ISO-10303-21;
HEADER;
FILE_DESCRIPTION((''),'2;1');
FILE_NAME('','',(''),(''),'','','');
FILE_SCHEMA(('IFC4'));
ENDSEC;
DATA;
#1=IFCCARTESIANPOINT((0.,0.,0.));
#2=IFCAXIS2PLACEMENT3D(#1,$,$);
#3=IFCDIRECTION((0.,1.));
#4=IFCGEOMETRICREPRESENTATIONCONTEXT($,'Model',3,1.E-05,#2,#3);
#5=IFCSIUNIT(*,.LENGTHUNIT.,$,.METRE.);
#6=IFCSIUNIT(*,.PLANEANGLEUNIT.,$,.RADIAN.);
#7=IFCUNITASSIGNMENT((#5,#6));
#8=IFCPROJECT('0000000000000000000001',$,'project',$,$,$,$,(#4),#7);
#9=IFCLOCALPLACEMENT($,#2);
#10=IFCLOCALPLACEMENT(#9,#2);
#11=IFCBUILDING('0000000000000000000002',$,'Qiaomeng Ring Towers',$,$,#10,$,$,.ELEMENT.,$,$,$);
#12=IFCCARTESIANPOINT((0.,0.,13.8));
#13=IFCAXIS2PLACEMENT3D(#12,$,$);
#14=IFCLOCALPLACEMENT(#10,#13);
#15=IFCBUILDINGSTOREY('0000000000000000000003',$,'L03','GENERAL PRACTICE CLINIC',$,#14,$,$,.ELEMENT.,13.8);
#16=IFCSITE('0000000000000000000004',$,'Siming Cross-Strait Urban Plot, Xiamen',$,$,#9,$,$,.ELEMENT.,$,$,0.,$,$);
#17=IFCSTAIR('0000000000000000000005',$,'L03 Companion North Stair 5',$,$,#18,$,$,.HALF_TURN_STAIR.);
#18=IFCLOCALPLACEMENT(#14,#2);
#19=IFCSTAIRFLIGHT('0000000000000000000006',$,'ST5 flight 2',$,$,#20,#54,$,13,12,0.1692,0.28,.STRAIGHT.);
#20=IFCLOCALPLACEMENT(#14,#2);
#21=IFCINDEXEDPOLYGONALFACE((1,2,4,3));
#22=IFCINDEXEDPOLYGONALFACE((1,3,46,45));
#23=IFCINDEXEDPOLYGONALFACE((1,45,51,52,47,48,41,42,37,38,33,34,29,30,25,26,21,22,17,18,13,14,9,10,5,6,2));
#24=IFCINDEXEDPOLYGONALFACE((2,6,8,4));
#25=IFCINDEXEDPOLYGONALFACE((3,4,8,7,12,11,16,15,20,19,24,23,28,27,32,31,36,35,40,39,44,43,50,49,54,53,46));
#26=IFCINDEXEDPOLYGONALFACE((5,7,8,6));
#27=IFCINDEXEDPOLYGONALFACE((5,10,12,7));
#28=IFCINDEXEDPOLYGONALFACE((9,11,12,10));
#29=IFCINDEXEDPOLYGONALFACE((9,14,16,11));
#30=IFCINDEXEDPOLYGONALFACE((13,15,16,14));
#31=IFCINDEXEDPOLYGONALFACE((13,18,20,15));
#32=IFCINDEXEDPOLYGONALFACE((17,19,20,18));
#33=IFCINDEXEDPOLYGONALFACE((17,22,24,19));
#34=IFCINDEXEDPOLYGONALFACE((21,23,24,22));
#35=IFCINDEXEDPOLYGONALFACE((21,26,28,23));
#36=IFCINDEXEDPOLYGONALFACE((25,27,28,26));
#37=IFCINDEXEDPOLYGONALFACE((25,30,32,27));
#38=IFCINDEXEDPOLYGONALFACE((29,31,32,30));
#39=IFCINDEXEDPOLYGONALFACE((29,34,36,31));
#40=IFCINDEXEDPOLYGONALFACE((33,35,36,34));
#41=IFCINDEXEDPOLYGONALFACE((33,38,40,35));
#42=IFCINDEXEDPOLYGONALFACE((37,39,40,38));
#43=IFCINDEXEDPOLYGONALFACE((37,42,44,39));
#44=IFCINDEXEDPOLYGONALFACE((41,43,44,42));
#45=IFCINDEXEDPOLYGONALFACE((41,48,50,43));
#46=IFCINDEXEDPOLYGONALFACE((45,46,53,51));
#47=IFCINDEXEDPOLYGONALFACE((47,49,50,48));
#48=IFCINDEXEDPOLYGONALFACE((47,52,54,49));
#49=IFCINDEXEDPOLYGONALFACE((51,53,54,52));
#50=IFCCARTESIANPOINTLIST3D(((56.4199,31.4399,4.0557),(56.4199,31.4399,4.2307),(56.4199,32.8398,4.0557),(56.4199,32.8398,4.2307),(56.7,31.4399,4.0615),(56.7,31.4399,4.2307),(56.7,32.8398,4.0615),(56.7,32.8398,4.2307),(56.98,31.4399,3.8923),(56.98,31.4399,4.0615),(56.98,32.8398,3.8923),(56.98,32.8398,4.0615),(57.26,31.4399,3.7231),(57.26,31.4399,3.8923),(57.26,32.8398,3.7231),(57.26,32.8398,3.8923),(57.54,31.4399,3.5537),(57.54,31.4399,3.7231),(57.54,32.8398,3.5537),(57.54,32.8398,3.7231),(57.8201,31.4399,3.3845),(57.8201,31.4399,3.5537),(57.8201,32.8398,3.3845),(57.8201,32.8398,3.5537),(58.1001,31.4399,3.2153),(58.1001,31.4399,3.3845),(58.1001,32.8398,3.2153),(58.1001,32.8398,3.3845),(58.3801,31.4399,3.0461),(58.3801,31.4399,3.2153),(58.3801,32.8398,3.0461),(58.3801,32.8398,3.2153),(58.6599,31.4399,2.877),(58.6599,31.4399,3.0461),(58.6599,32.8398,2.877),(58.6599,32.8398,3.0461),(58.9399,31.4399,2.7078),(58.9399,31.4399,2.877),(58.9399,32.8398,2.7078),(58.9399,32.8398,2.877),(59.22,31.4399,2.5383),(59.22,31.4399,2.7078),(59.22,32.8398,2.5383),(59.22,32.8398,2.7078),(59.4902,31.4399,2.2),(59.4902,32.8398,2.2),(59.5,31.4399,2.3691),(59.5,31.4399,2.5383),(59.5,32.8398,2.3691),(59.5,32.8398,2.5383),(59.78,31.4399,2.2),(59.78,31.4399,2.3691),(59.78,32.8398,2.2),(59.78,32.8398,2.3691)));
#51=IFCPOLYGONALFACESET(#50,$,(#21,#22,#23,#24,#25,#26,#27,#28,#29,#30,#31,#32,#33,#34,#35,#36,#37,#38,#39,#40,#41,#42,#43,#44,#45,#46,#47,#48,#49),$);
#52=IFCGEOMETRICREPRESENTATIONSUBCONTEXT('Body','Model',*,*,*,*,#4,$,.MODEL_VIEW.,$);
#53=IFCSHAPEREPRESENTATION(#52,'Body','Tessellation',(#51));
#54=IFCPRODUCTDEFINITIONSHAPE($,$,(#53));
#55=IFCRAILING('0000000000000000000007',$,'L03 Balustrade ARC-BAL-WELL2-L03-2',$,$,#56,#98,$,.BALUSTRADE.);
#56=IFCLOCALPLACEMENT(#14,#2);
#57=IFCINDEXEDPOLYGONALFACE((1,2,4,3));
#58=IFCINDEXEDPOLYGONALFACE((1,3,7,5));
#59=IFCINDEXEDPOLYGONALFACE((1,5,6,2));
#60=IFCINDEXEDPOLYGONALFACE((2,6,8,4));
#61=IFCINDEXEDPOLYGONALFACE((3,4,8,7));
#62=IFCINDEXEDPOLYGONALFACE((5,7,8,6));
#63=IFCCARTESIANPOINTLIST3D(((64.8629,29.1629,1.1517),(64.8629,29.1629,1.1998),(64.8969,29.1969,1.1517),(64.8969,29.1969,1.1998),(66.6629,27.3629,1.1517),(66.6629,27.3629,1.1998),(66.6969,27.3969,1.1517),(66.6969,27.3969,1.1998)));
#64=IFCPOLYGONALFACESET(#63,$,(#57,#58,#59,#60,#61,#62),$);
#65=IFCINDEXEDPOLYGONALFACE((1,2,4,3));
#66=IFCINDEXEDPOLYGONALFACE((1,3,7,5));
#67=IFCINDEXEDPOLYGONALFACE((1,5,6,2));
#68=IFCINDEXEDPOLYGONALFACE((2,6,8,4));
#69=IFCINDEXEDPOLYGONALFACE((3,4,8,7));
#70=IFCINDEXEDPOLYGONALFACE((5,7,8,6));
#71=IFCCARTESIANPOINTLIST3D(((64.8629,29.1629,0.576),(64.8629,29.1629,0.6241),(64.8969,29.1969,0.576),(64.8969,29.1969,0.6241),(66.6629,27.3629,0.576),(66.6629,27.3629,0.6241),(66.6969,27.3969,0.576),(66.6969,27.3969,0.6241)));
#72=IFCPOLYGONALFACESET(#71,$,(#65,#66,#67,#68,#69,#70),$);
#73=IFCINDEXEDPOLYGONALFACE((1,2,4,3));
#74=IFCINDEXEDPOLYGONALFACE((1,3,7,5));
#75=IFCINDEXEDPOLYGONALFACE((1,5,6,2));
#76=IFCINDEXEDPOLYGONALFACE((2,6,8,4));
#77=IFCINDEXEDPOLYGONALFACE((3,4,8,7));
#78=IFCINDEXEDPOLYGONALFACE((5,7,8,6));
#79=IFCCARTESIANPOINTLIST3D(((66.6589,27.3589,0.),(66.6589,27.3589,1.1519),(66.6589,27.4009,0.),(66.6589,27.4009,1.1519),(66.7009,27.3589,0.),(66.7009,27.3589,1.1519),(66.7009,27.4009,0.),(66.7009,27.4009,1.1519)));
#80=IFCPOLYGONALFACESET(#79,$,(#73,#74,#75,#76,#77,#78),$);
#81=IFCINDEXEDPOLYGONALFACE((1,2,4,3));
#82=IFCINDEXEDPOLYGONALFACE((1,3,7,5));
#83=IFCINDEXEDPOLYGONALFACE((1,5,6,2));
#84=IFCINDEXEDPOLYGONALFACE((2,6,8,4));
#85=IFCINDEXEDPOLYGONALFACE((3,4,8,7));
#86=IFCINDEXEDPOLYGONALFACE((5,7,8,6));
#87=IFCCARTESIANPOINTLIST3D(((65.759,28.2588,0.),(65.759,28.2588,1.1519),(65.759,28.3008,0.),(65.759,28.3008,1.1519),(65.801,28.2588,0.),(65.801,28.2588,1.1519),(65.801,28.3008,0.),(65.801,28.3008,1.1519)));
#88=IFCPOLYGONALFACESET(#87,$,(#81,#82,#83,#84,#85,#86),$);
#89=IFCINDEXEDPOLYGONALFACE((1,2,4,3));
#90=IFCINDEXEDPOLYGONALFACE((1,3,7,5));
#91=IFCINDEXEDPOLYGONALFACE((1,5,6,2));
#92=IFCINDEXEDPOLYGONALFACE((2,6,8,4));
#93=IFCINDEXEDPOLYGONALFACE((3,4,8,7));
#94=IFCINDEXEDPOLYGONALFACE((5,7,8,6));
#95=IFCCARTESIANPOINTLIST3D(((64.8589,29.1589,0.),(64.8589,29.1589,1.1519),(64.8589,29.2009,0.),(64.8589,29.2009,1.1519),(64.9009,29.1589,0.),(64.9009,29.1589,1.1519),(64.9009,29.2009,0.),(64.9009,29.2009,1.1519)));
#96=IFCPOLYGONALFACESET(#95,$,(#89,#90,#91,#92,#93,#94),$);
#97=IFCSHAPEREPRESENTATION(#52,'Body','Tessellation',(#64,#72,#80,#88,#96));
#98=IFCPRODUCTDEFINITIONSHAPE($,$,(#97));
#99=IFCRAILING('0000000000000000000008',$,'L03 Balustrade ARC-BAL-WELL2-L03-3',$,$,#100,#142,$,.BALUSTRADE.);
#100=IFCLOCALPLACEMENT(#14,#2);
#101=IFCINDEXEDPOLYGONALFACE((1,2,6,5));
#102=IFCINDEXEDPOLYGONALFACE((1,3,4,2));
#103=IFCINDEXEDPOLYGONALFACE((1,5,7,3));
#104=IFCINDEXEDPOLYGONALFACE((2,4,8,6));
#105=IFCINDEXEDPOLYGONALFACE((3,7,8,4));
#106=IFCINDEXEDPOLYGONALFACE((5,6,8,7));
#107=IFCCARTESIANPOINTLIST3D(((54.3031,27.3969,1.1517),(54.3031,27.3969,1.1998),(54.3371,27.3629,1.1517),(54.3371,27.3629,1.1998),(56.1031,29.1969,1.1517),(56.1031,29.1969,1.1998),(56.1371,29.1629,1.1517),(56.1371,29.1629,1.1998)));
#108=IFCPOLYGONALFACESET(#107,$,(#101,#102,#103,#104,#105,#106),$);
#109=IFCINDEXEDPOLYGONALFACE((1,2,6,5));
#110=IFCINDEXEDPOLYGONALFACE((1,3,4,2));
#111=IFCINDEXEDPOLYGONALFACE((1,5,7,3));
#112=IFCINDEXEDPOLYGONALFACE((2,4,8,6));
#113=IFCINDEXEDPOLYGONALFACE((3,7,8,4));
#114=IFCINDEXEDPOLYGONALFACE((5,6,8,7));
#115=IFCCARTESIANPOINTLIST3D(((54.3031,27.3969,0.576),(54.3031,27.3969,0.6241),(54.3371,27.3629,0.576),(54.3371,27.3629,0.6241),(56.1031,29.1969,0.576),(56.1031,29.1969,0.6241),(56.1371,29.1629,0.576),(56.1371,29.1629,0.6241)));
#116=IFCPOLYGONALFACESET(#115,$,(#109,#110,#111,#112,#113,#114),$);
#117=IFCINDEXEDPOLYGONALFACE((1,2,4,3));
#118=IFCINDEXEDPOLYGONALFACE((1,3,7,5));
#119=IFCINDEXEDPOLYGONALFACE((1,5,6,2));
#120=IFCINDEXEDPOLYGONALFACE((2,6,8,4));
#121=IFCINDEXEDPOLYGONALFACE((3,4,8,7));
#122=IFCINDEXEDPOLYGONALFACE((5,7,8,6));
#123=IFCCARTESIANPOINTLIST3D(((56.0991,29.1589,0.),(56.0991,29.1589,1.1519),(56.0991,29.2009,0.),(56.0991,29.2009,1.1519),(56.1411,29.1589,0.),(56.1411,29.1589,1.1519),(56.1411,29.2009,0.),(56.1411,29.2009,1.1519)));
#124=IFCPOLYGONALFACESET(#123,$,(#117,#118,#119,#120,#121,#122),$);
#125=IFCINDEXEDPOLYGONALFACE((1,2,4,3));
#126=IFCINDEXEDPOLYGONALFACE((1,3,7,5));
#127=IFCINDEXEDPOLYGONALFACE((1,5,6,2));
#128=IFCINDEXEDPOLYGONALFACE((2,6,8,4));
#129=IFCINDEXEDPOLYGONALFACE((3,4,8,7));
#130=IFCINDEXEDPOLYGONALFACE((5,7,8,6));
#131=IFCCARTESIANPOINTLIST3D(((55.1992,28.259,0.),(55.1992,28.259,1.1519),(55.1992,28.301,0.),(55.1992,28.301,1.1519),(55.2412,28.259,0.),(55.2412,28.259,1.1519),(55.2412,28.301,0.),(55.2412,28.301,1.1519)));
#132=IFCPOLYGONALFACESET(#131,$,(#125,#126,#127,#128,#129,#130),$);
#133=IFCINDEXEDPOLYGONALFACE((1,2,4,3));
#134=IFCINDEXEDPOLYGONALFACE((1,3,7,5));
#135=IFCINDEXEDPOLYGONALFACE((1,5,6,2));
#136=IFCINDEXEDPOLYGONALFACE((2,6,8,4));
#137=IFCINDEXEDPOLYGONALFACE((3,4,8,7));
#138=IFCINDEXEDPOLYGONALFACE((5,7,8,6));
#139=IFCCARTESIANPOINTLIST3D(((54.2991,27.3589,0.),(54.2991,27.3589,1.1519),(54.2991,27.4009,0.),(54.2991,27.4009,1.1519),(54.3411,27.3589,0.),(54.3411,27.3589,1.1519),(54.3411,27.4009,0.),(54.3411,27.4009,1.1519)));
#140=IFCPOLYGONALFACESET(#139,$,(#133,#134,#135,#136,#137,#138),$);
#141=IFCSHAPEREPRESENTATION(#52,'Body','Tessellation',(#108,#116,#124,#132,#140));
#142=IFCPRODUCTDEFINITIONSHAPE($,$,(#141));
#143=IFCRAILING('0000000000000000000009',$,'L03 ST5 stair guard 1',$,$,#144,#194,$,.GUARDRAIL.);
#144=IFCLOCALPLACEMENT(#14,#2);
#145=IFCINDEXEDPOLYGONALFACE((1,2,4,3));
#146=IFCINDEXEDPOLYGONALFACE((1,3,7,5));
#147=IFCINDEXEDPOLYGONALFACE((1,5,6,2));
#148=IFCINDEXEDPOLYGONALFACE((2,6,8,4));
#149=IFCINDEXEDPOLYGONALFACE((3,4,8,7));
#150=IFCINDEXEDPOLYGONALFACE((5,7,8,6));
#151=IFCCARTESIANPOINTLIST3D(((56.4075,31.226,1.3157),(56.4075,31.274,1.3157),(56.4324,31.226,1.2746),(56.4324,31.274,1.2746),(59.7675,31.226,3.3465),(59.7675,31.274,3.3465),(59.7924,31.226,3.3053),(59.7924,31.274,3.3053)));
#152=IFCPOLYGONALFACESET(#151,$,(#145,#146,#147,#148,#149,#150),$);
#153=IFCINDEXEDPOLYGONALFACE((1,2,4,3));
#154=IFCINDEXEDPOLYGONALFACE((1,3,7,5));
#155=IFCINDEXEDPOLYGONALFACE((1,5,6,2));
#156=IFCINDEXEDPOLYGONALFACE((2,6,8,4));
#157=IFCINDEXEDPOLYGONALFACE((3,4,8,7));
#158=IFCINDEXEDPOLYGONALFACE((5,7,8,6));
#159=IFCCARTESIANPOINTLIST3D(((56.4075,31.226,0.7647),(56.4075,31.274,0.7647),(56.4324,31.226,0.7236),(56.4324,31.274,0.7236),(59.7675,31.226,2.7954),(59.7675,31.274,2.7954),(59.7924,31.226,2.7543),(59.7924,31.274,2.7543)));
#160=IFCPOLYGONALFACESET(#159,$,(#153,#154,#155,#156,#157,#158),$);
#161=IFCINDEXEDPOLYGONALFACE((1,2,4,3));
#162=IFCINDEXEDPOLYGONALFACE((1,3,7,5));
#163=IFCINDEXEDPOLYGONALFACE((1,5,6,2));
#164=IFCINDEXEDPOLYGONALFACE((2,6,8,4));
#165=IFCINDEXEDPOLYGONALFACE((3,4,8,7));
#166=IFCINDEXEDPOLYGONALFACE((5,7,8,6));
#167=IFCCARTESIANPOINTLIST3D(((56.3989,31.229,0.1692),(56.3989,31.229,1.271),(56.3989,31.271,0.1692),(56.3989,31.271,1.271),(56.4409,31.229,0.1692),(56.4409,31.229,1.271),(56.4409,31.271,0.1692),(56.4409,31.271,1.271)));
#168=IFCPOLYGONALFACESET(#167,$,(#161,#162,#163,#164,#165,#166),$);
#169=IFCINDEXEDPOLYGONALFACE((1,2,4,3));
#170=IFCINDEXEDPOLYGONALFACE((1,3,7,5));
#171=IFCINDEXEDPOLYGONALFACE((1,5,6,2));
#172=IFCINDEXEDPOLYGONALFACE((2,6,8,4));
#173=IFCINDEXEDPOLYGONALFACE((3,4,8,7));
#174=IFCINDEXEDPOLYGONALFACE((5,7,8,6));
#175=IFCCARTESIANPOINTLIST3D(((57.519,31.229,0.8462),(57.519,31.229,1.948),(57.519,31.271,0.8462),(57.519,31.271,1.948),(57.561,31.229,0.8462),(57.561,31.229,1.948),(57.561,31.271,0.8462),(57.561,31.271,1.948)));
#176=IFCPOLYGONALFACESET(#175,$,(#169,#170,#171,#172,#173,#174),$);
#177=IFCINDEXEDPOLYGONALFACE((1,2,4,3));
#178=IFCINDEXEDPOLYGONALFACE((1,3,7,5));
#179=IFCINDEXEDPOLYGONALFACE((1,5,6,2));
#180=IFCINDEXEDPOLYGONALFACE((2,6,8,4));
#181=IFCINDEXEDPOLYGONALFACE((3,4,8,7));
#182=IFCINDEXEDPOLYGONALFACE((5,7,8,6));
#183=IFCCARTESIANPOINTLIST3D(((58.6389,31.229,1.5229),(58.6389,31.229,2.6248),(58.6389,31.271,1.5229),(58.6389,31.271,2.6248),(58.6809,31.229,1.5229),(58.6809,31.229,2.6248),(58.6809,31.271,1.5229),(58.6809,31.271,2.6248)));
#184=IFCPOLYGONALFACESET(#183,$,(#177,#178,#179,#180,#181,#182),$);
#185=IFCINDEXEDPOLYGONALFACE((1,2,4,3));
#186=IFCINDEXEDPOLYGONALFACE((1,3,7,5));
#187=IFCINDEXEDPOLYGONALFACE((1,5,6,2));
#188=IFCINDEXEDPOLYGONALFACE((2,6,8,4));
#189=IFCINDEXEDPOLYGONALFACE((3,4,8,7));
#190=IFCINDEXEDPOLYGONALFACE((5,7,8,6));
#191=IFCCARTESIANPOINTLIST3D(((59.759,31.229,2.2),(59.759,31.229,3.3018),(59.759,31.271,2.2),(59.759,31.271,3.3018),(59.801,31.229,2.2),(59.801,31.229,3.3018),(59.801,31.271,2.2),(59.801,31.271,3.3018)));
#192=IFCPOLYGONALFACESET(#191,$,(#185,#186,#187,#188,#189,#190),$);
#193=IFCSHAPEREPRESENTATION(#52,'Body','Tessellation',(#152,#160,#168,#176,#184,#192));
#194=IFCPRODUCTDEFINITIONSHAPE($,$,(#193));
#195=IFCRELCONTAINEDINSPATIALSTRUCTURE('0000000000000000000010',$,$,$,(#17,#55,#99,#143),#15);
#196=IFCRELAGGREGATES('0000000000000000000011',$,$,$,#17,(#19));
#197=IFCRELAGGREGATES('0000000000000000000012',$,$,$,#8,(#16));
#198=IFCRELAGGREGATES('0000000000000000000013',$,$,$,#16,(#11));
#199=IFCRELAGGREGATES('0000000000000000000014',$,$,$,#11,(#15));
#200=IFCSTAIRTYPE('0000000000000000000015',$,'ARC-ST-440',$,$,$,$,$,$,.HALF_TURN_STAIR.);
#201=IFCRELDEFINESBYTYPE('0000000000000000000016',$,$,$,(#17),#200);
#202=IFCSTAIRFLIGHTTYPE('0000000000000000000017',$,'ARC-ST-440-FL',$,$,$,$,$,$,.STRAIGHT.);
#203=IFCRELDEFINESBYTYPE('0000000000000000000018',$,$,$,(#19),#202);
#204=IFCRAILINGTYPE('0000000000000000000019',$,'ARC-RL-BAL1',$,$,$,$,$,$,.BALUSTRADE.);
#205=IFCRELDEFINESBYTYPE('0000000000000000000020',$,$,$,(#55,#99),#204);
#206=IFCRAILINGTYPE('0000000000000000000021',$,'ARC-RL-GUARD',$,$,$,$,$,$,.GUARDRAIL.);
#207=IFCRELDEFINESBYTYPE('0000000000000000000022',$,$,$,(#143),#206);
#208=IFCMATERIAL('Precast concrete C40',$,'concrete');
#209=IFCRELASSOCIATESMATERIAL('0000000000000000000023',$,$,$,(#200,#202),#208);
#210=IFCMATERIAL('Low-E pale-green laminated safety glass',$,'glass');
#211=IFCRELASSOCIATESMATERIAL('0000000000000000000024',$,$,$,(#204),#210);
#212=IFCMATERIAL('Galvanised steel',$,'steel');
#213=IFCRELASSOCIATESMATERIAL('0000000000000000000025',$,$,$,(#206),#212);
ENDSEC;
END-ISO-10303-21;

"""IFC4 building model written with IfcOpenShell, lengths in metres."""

from ifc_helpers import new_model, si_unit, direction, frame, origin, origin_2d, place, context, subcontext, project, spatial, polyline, rectangle, outline, extrude, source, transform, mapped, material, type_object, element, aggregate, save


model = new_model("IFC4")

# Units and contexts
model_context = context("Model", 3, precision=1e-05, world=origin(), true_north=direction((0.0, 1.0)))
body_context = subcontext(model_context, "Body", "Model", "MODEL_VIEW")
ifc_project = project(units=[si_unit("LENGTHUNIT", "METRE"), si_unit("PLANEANGLEUNIT", "RADIAN")], contexts=[model_context])

# Site, building, storey
site_placement = place(None, origin())
site = spatial("IfcSite", under=ifc_project, at=site_placement, Name="Siming Cross-Strait Urban Plot, Xiamen", CompositionType="ELEMENT", RefElevation=0.0)
building_placement = place(site_placement, origin())
building = spatial("IfcBuilding", under=site, at=building_placement, Name="Qiaomeng Ring Towers", CompositionType="ELEMENT")
storey_placement = place(building_placement, frame((0.0, 0.0, 13.8)))
storey = spatial("IfcBuildingStorey", under=building, at=storey_placement, Name="L03", Description="GENERAL PRACTICE CLINIC", CompositionType="ELEMENT", Elevation=13.8)

# Shared definitions
ifc_material_1 = material(Name="Galvanised steel", Category="steel")

# Stair, stair flight
ifc_material_2 = material(Name="Precast concrete C40", Category="concrete")
stair_type = type_object("IfcStairType", Name="ARC-ST-440", PredefinedType="HALF_TURN_STAIR", material=ifc_material_2)
stair_placement = place(storey_placement, origin())
stair = element("IfcStair", 1, at=stair_placement, inside=storey, type_object=stair_type, Name="L03 Companion North Stair 5", PredefinedType="HALF_TURN_STAIR")
stair_flight_type = type_object("IfcStairFlightType", Name="ARC-ST-440-FL", PredefinedType="STRAIGHT", material=ifc_material_2)
shared_shape_1 = source(origin(), body_context, "Body", "SweptSolid", [
    extrude(outline(polyline([(0.0, 0.0), (0.0, 0.1692), (0.28, 0.1692), (0.28, 0.3384), (0.5601, 0.3384), (0.5601, 0.5078), (0.8401, 0.5078), (0.8401, 0.677), (1.1201, 0.677), (1.1201, 0.8462), (1.3999, 0.8462), (1.3999, 1.0154), (1.6799, 1.0154), (1.6799, 1.1846), (1.96, 1.1846), (1.96, 1.3538), (2.24, 1.3538), (2.24, 1.5232), (2.52, 1.5232), (2.52, 1.6924), (2.8, 1.6924), (2.8, 1.8616), (3.0801, 1.8616), (3.0801, 2.0308), (3.3601, 2.0308), (3.3601, 2.2), (3.3601, 1.8557), (0.2898, 0.0), (0.0, 0.0)])), frame((0.0, 0.7, 0.0), z_axis=(0.0, -1.0, 0.0), x_axis=(1.0, 0.0, 0.0)), (0.0, 0.0, 1.0), 1.3999),
])
stair_flight_1_placement = place(storey_placement, frame((59.78, 32.1399, 2.2), z_axis=(0.0, 0.0, 1.0), x_axis=(-1.0, 0.0, 0.0)))
stair_flight_1 = element("IfcStairFlight", 2, at=stair_flight_1_placement, type_object=stair_flight_type, Name="ST5 flight 2", NumberOfRisers=13, NumberOfTreads=12, PredefinedType="STRAIGHT", RiserHeight=0.1692, TreadLength=0.28, context=body_context, shape_type="MappedRepresentation", body=[
    mapped(shared_shape_1, transform((0.0, 0.0, 0.0), x_axis=(1.0, 0.0, 0.0), y_axis=(0.0, 1.0, 0.0), z_axis=(0.0, 0.0, 1.0), scale=1.0)),
])
aggregate(stair, [stair_flight_1])

# Railings
ifc_material_3 = material(Name="Low-E pale-green laminated safety glass", Category="glass")
railing_type_1 = type_object("IfcRailingType", Name="ARC-RL-BAL1", PredefinedType="BALUSTRADE", material=ifc_material_3)
railing_1_placement = place(storey_placement, frame((66.6799, 27.3799, 0.0)))
element("IfcRailing", 3, at=railing_1_placement, inside=storey, type_object=railing_type_1, Name="L03 Balustrade ARC-BAL-WELL2-L03-2", PredefinedType="BALUSTRADE", context=body_context, shape_type="SweptSolid", body=[
    extrude(rectangle(XDim=0.0481, YDim=0.0481, at=origin_2d()), frame((0.0, 0.0, 1.1758), z_axis=(-0.707107, 0.707107, 0.0), x_axis=(-0.707107, -0.707107, 0.0)), (0.0, 0.0, 1.0), 2.5457),
    extrude(rectangle(XDim=0.0481, YDim=0.0481, at=origin_2d()), frame((0.0, 0.0, 0.6001), z_axis=(-0.707107, 0.707107, 0.0), x_axis=(-0.707107, -0.707107, 0.0)), (0.0, 0.0, 1.0), 2.5457),
    extrude(rectangle(XDim=0.042, YDim=0.042, at=origin_2d()), origin(), (0.0, 0.0, 1.0), 1.1519),
    extrude(rectangle(XDim=0.042, YDim=0.042, at=origin_2d()), frame((-0.8999, 0.8999, 0.0)), (0.0, 0.0, 1.0), 1.1519),
    extrude(rectangle(XDim=0.042, YDim=0.042, at=origin_2d()), frame((-1.8, 1.8, 0.0)), (0.0, 0.0, 1.0), 1.1519),
])
railing_2_placement = place(storey_placement, frame((56.1201, 29.1799, 0.0)))
element("IfcRailing", 4, at=railing_2_placement, inside=storey, type_object=railing_type_1, Name="L03 Balustrade ARC-BAL-WELL2-L03-3", PredefinedType="BALUSTRADE", context=body_context, shape_type="SweptSolid", body=[
    extrude(rectangle(XDim=0.0481, YDim=0.0481, at=origin_2d()), frame((0.0, 0.0, 1.1758), z_axis=(-0.707107, -0.707107, 0.0), x_axis=(0.707107, -0.707107, 0.0)), (0.0, 0.0, 1.0), 2.5457),
    extrude(rectangle(XDim=0.0481, YDim=0.0481, at=origin_2d()), frame((0.0, 0.0, 0.6001), z_axis=(-0.707107, -0.707107, 0.0), x_axis=(0.707107, -0.707107, 0.0)), (0.0, 0.0, 1.0), 2.5457),
    extrude(rectangle(XDim=0.042, YDim=0.042, at=origin_2d()), origin(), (0.0, 0.0, 1.0), 1.1519),
    extrude(rectangle(XDim=0.042, YDim=0.042, at=origin_2d()), frame((-0.8999, -0.8999, 0.0)), (0.0, 0.0, 1.0), 1.1519),
    extrude(rectangle(XDim=0.042, YDim=0.042, at=origin_2d()), frame((-1.8, -1.8, 0.0)), (0.0, 0.0, 1.0), 1.1519),
])
railing_type_2 = type_object("IfcRailingType", Name="ARC-RL-GUARD", PredefinedType="GUARDRAIL", material=ifc_material_1)
railing_3_placement = place(storey_placement, frame((56.4199, 31.25, 0.1692)))
element("IfcRailing", 5, at=railing_3_placement, inside=storey, type_object=railing_type_2, Name="L03 ST5 stair guard 1", PredefinedType="GUARDRAIL", context=body_context, shape_type="SweptSolid", body=[
    extrude(rectangle(XDim=0.0481, YDim=0.0481, at=origin_2d()), frame((0.0, 0.0, 1.126), z_axis=(0.855837, 0.0, 0.517246), x_axis=(0.0, 1.0, 0.0)), (0.0, 0.0, 1.0), 3.926),
    extrude(rectangle(XDim=0.0481, YDim=0.0481, at=origin_2d()), frame((0.0, 0.0, 0.575), z_axis=(0.855837, 0.0, 0.517246), x_axis=(0.0, 1.0, 0.0)), (0.0, 0.0, 1.0), 3.926),
    extrude(rectangle(XDim=0.042, YDim=0.042, at=origin_2d()), origin(), (0.0, 0.0, 1.0), 1.1018),
    extrude(rectangle(XDim=0.042, YDim=0.042, at=origin_2d()), frame((1.1201, 0.0, 0.677)), (0.0, 0.0, 1.0), 1.1018),
    extrude(rectangle(XDim=0.042, YDim=0.042, at=origin_2d()), frame((2.24, 0.0, 1.3538)), (0.0, 0.0, 1.0), 1.1018),
    extrude(rectangle(XDim=0.042, YDim=0.042, at=origin_2d()), frame((3.3601, 0.0, 2.0308)), (0.0, 0.0, 1.0), 1.1018),
])

save(model, "model.ifc")
